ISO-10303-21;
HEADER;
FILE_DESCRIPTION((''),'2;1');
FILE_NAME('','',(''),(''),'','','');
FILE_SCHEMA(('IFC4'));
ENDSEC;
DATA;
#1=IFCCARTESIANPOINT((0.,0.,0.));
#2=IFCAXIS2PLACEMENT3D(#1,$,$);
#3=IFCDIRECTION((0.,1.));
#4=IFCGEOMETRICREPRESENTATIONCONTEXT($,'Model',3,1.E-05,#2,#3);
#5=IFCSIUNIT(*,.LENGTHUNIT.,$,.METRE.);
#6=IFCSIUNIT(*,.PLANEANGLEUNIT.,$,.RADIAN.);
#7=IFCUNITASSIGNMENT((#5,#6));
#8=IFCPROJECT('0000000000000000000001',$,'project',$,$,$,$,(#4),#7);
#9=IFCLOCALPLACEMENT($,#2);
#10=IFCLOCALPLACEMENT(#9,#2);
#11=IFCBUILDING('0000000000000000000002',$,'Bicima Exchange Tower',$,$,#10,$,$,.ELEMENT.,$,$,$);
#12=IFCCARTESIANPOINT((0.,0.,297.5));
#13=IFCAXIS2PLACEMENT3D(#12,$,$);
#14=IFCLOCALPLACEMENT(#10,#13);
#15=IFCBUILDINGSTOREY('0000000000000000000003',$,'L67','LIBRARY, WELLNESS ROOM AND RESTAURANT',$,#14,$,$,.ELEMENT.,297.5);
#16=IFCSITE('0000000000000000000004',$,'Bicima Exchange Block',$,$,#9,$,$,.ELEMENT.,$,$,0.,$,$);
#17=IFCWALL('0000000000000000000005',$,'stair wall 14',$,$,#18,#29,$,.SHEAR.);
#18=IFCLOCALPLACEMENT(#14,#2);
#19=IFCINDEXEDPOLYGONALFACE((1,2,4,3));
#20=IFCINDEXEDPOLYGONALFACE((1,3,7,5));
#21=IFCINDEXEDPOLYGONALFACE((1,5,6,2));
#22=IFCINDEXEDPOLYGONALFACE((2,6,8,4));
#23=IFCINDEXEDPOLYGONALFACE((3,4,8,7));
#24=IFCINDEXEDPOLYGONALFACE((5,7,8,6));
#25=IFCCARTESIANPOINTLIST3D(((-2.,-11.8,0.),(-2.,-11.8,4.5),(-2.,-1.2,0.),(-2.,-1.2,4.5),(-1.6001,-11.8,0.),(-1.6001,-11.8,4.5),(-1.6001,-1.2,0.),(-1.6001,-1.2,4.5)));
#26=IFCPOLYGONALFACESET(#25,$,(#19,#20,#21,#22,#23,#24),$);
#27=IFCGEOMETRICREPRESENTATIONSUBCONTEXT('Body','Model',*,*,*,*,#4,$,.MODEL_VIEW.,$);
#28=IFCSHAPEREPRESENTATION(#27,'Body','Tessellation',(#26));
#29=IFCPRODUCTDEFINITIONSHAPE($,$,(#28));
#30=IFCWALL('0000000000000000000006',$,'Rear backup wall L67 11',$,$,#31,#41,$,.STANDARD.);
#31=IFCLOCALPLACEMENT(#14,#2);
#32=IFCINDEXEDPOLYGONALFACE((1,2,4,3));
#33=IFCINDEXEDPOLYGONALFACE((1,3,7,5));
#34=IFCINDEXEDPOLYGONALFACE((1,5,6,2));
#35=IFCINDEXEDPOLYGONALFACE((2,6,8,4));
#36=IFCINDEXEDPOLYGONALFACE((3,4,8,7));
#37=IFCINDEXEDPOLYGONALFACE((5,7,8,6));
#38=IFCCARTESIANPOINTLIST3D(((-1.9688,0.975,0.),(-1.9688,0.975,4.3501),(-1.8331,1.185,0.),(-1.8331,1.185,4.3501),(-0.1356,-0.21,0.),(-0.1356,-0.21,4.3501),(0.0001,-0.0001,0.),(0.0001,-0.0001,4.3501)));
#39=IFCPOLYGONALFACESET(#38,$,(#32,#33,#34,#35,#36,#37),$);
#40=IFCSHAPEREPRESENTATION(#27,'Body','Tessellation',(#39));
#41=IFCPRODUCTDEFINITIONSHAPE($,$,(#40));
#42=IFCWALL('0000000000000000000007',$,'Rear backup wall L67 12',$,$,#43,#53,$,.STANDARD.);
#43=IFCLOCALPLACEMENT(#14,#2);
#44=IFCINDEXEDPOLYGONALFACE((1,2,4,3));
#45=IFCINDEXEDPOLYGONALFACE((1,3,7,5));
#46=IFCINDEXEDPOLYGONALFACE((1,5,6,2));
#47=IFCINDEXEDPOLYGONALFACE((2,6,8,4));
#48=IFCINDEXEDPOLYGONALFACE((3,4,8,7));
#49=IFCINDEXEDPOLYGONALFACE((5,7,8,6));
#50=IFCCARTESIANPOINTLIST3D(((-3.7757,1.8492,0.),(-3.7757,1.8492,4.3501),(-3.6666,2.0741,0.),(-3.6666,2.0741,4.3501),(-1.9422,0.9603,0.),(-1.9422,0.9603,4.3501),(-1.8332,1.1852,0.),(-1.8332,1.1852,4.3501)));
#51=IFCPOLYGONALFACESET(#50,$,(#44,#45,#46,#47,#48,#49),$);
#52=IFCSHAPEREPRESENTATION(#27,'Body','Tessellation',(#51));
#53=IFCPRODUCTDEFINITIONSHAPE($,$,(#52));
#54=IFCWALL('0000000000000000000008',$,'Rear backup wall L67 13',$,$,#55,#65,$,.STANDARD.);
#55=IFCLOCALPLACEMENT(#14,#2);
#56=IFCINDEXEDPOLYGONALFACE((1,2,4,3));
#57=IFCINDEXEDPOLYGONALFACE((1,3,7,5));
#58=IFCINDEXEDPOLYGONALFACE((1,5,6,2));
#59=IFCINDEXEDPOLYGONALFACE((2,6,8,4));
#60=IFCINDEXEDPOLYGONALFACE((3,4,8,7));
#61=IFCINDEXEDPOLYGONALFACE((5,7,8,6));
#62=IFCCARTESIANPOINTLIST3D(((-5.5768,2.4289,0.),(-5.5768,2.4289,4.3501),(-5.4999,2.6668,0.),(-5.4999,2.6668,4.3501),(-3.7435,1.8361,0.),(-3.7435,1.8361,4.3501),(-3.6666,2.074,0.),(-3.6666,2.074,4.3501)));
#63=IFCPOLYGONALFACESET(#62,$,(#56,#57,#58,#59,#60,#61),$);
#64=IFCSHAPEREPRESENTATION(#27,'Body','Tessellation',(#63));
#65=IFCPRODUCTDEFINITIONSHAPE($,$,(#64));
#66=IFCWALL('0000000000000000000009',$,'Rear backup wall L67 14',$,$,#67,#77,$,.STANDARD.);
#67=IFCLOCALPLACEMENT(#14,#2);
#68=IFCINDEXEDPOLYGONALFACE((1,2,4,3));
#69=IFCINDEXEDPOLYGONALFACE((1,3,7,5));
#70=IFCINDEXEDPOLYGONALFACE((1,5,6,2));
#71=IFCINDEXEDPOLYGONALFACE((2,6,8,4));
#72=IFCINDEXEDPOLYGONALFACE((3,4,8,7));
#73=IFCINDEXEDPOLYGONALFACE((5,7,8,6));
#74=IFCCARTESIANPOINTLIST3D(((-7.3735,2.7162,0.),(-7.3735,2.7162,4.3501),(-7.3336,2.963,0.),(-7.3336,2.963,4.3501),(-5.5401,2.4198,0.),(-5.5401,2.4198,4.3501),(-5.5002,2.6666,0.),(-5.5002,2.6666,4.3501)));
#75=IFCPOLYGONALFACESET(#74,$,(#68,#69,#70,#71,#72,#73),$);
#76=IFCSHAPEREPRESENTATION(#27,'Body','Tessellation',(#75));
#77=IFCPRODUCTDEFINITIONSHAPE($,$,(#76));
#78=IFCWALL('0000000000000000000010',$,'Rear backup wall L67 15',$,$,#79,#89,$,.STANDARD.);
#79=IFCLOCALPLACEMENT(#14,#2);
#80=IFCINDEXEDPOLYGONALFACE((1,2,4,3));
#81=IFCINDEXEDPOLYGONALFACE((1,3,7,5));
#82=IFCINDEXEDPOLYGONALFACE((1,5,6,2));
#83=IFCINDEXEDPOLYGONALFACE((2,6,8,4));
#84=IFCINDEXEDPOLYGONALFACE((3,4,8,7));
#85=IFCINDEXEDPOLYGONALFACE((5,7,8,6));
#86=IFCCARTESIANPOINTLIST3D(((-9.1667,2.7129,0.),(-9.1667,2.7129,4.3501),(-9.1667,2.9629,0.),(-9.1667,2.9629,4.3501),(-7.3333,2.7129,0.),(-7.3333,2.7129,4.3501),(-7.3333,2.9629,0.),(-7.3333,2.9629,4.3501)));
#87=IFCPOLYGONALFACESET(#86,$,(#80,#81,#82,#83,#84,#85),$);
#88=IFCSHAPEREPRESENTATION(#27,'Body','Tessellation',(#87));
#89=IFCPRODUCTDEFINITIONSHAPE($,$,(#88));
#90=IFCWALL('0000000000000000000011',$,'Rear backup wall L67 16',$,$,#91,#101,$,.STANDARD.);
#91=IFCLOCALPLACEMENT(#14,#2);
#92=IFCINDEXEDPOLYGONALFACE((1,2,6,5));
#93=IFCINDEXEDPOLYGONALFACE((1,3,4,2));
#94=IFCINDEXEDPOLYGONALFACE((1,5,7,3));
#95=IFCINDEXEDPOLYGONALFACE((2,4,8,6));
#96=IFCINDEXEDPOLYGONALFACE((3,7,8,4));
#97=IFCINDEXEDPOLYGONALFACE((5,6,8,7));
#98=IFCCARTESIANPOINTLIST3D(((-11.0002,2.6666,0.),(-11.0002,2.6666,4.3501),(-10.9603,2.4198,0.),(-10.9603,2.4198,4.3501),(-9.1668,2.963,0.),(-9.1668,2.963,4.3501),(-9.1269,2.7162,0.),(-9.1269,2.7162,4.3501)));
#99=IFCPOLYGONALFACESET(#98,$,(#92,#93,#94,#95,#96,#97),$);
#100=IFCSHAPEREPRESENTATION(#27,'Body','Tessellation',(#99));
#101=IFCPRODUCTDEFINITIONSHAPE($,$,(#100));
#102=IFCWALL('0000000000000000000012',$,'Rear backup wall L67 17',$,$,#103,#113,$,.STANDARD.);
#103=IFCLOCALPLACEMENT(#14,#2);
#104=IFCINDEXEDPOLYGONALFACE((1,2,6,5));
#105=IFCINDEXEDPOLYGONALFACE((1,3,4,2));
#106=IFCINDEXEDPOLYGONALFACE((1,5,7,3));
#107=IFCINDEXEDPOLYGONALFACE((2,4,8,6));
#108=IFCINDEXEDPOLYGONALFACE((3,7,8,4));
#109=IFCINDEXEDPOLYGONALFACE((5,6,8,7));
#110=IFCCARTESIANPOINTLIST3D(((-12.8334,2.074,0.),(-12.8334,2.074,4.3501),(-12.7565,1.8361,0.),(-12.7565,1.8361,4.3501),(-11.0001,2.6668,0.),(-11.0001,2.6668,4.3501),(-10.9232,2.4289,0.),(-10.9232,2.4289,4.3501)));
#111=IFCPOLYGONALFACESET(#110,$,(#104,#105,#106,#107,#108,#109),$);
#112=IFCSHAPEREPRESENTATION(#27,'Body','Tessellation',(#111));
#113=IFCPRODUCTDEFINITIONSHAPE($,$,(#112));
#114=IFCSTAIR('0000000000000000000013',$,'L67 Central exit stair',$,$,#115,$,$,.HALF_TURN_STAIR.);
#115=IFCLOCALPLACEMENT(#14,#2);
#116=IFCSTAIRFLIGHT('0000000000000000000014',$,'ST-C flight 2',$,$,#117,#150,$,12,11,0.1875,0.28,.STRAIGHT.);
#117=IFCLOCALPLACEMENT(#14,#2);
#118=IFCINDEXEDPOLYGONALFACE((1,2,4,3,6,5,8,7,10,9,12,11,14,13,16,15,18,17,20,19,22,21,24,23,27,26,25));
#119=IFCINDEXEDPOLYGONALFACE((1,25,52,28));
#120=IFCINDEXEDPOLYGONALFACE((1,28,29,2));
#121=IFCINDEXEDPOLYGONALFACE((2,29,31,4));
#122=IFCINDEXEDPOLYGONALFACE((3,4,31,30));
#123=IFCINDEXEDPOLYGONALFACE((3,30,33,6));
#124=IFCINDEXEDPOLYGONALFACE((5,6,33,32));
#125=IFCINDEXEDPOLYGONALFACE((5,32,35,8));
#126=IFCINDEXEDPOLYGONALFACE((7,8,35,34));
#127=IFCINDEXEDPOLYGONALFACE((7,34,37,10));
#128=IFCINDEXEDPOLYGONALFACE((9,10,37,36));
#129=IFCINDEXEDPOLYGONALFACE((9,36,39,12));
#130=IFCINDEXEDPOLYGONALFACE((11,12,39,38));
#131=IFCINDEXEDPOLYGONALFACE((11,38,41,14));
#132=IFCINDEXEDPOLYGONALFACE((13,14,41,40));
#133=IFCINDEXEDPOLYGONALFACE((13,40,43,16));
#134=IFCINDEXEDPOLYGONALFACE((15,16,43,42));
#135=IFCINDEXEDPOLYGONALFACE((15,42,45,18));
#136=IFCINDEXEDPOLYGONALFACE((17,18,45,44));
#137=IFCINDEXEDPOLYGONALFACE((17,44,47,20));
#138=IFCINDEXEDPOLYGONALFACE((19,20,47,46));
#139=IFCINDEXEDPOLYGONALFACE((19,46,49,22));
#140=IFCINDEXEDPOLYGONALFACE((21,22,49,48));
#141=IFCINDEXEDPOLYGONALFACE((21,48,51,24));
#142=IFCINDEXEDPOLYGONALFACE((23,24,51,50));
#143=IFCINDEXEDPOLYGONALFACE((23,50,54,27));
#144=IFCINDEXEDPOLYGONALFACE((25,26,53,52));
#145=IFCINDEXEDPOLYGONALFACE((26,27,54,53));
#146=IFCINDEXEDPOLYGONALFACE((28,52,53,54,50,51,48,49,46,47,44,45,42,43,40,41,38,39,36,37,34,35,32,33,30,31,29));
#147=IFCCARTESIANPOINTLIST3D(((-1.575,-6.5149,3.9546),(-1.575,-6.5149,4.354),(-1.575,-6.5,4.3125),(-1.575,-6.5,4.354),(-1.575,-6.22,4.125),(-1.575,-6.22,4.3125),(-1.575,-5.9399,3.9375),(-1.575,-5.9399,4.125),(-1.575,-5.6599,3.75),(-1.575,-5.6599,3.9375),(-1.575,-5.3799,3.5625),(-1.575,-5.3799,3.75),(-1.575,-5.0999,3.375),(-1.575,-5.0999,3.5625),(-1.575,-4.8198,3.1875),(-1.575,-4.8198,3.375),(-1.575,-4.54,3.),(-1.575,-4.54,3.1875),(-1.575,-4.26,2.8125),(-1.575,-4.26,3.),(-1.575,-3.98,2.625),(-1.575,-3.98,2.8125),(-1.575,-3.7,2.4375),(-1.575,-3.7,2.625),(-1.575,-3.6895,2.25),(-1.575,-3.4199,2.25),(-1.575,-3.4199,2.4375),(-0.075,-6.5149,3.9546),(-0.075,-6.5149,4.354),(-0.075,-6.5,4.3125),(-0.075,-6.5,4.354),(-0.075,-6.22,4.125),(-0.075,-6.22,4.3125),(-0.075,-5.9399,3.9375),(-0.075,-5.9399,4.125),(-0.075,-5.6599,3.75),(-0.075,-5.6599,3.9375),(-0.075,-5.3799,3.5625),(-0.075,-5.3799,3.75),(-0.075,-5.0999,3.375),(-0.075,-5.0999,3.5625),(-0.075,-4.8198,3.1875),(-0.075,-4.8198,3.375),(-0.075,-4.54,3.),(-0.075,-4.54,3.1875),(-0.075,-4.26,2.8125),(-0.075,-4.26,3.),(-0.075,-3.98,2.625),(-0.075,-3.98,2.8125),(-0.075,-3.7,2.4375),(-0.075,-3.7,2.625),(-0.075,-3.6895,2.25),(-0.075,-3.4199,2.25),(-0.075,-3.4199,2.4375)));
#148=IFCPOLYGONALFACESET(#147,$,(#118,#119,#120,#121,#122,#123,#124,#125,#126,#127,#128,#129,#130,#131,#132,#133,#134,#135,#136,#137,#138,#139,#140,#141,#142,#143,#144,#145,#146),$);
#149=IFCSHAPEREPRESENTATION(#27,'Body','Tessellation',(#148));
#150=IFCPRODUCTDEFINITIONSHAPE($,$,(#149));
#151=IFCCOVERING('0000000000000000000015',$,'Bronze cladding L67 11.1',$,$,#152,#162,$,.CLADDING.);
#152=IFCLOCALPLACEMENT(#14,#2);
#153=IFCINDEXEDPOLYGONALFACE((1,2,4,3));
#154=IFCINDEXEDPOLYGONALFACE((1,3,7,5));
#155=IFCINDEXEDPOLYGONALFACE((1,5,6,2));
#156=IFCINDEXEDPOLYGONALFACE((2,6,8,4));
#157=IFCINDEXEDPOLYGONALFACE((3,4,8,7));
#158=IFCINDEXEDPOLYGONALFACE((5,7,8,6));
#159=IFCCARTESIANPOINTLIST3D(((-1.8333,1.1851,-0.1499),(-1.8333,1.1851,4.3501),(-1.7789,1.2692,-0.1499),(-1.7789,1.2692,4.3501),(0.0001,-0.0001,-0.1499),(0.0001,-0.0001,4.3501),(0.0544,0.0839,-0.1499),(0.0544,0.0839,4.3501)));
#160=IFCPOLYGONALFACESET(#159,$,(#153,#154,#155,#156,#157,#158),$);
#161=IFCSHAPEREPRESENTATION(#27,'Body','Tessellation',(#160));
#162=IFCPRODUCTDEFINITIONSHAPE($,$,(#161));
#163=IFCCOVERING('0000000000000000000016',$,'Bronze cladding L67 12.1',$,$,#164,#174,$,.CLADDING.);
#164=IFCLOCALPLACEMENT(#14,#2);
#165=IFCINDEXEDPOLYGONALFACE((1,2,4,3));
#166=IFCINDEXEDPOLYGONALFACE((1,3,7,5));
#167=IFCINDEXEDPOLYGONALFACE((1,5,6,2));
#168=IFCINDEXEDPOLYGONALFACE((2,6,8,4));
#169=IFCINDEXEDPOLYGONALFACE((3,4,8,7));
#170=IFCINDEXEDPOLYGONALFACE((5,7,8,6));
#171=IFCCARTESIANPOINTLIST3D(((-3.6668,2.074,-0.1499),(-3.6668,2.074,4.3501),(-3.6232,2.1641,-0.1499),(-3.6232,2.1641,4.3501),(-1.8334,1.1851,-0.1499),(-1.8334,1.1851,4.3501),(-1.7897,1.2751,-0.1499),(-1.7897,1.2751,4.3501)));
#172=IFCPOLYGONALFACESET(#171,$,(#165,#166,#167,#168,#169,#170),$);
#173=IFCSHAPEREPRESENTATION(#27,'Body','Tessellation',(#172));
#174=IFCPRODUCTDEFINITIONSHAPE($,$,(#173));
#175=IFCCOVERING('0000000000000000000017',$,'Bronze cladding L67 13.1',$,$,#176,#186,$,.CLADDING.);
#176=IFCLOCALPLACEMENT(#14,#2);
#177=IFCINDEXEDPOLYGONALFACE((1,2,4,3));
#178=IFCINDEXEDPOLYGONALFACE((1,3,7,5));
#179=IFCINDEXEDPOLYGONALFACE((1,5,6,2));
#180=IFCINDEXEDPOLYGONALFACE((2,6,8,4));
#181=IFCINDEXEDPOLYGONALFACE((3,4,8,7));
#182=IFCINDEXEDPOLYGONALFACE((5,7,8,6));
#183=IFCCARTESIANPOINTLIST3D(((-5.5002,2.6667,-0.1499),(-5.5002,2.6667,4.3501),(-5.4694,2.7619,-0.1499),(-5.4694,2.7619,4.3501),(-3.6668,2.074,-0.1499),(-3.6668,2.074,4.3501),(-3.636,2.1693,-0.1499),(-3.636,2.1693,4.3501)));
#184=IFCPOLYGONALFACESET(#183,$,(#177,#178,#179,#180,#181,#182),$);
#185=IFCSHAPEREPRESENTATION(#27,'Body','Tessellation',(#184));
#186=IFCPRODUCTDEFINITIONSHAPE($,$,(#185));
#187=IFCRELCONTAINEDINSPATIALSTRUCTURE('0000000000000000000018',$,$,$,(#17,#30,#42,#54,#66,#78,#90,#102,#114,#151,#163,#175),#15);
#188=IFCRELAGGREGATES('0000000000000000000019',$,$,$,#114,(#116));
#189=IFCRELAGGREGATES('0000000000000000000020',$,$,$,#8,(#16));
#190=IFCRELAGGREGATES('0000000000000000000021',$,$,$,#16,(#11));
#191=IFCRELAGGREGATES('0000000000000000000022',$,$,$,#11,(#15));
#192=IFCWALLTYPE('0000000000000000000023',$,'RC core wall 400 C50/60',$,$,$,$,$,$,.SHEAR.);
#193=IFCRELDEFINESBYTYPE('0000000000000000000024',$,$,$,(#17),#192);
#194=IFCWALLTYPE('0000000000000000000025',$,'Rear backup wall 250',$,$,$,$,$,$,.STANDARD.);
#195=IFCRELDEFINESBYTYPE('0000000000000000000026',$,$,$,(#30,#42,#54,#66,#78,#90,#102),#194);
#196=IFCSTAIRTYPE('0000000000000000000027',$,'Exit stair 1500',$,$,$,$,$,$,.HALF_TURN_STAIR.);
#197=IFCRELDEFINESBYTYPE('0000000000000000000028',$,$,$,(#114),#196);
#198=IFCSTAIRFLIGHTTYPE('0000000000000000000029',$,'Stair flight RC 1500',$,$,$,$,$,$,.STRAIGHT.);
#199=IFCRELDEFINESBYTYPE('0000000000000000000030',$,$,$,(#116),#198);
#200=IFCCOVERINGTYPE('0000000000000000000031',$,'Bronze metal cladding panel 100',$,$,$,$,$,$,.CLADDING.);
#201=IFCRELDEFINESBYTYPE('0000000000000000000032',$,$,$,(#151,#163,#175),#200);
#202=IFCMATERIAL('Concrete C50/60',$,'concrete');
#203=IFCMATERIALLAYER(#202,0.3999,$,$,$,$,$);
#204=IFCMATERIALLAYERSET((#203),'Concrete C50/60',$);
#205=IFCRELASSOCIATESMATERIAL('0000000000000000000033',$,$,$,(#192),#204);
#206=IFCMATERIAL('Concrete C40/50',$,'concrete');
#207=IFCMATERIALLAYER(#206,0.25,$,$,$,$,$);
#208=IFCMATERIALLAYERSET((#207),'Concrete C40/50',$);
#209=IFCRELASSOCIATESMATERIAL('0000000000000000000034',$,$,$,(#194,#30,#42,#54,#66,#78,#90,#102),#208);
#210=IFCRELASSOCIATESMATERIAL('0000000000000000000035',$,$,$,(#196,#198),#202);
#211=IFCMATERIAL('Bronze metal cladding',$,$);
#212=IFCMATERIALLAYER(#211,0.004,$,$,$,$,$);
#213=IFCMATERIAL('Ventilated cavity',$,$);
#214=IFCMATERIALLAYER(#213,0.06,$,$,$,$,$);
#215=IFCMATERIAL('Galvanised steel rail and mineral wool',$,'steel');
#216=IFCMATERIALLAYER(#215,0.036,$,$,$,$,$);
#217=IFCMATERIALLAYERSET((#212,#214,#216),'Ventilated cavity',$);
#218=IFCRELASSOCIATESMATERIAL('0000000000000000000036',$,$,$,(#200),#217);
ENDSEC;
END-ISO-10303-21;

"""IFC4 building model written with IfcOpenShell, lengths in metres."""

from ifc_helpers import new_model, si_unit, direction, frame, frame_2d, origin, origin_2d, place, context, subcontext, project, spatial, polyline, rectangle, outline, extrude, material, layer, layer_set, layer_usage, type_object, element, aggregate, save


model = new_model("IFC4")

# Units and contexts
model_context = context("Model", 3, precision=1e-05, world=origin(), true_north=direction((0.0, 1.0)))
body_context = subcontext(model_context, "Body", "Model", "MODEL_VIEW")
ifc_project = project(units=[si_unit("LENGTHUNIT", "METRE"), si_unit("PLANEANGLEUNIT", "RADIAN")], contexts=[model_context])

# Site, building, storey
site_placement = place(None, origin())
site = spatial("IfcSite", under=ifc_project, at=site_placement, Name="Bicima Exchange Block", CompositionType="ELEMENT", RefElevation=0.0)
building_placement = place(site_placement, origin())
building = spatial("IfcBuilding", under=site, at=building_placement, Name="Bicima Exchange Tower", CompositionType="ELEMENT")
storey_placement = place(building_placement, frame((0.0, 0.0, 297.5)))
storey = spatial("IfcBuildingStorey", under=building, at=storey_placement, Name="L67", Description="LIBRARY, WELLNESS ROOM AND RESTAURANT", CompositionType="ELEMENT", Elevation=297.5)

# Shared definitions
ifc_material_1 = material(Name="Concrete C40/50", Category="concrete")
ifc_material_2 = material(Name="Concrete C50/60", Category="concrete")
ifc_layer_1 = layer(ifc_material_2, 0.3999)
ifc_layer_set_1 = layer_set([ifc_layer_1], Name="Concrete C50/60")
wall_type_1 = type_object("IfcWallType", Name="RC core wall 400 C50/60", PredefinedType="SHEAR", material=ifc_layer_set_1)

# Walls
wall_1_placement = place(storey_placement, frame((-1.8, -11.8, 0.0), z_axis=(0.0, 0.0, 1.0), x_axis=(0.0, 1.0, 0.0)))
element("IfcWall", 1, at=wall_1_placement, inside=storey, type_object=wall_type_1, Name="stair wall 14", PredefinedType="SHEAR", context=body_context, shape_type="SweptSolid", body=[
    extrude(rectangle(XDim=10.6001, YDim=0.3999, at=frame_2d((5.3, 0.0))), origin(), (0.0, 0.0, 1.0), 4.5),
])
ifc_layer_2 = layer(ifc_material_1, 0.25)
ifc_layer_set_2 = layer_set([ifc_layer_2], Name="Concrete C40/50")
ifc_layer_usage = layer_usage(ifc_layer_set_2, "AXIS2", "POSITIVE", -0.125)
wall_type_2 = type_object("IfcWallType", Name="Rear backup wall 250", PredefinedType="STANDARD", material=ifc_layer_set_2)
wall_2_placement = place(storey_placement, frame((-0.0679, -0.105, 0.0), z_axis=(0.0, 0.0, 1.0), x_axis=(-0.839813, 0.542876, 0.0)))
element("IfcWall", 2, at=wall_2_placement, inside=storey, type_object=wall_type_2, material=ifc_layer_usage, Name="Rear backup wall L67 11", PredefinedType="STANDARD", context=body_context, shape_type="SweptSolid", body=[
    extrude(rectangle(XDim=2.1829, YDim=0.25, at=frame_2d((1.0913, 0.0))), origin(), (0.0, 0.0, 1.0), 4.3501),
])
wall_3_placement = place(storey_placement, frame((-1.8877, 1.0728, 0.0), z_axis=(0.0, 0.0, 1.0), x_axis=(-0.899824, 0.436253, 0.0)))
element("IfcWall", 3, at=wall_3_placement, inside=storey, type_object=wall_type_2, material=ifc_layer_usage, Name="Rear backup wall L67 12", PredefinedType="STANDARD", context=body_context, shape_type="SweptSolid", body=[
    extrude(rectangle(XDim=2.0376, YDim=0.25, at=frame_2d((1.0188, 0.0))), origin(), (0.0, 0.0, 1.0), 4.3501),
])
wall_4_placement = place(storey_placement, frame((-3.7051, 1.9551, 0.0), z_axis=(0.0, 0.0, 1.0), x_axis=(-0.951496, 0.307662, 0.0)))
element("IfcWall", 4, at=wall_4_placement, inside=storey, type_object=wall_type_2, material=ifc_layer_usage, Name="Rear backup wall L67 13", PredefinedType="STANDARD", context=body_context, shape_type="SweptSolid", body=[
    extrude(rectangle(XDim=1.9268, YDim=0.25, at=frame_2d((0.9634, 0.0))), origin(), (0.0, 0.0, 1.0), 4.3501),
])
wall_5_placement = place(storey_placement, frame((-5.52, 2.5432, 0.0), z_axis=(0.0, 0.0, 1.0), x_axis=(-0.987182, 0.1596, 0.0)))
element("IfcWall", 5, at=wall_5_placement, inside=storey, type_object=wall_type_2, material=ifc_layer_usage, Name="Rear backup wall L67 14", PredefinedType="STANDARD", context=body_context, shape_type="SweptSolid", body=[
    extrude(rectangle(XDim=1.8572, YDim=0.25, at=frame_2d((0.9287, 0.0))), origin(), (0.0, 0.0, 1.0), 4.3501),
])
wall_6_placement = place(storey_placement, frame((-7.3333, 2.8379, 0.0), z_axis=(0.0, 0.0, 1.0), x_axis=(-1.0, 0.0, 0.0)))
element("IfcWall", 6, at=wall_6_placement, inside=storey, type_object=wall_type_2, material=ifc_layer_usage, Name="Rear backup wall L67 15", PredefinedType="STANDARD", context=body_context, shape_type="SweptSolid", body=[
    extrude(rectangle(XDim=1.8335, YDim=0.25, at=frame_2d((0.9167, 0.0))), origin(), (0.0, 0.0, 1.0), 4.3501),
])
wall_7_placement = place(storey_placement, frame((-9.1467, 2.8396, 0.0), z_axis=(0.0, 0.0, 1.0), x_axis=(-0.987182, -0.1596, 0.0)))
element("IfcWall", 7, at=wall_7_placement, inside=storey, type_object=wall_type_2, material=ifc_layer_usage, Name="Rear backup wall L67 16", PredefinedType="STANDARD", context=body_context, shape_type="SweptSolid", body=[
    extrude(rectangle(XDim=1.8572, YDim=0.25, at=frame_2d((0.9287, 0.0))), origin(), (0.0, 0.0, 1.0), 4.3501),
])
wall_8_placement = place(storey_placement, frame((-10.9617, 2.5479, 0.0), z_axis=(0.0, 0.0, 1.0), x_axis=(-0.951496, -0.307662, 0.0)))
element("IfcWall", 8, at=wall_8_placement, inside=storey, type_object=wall_type_2, material=ifc_layer_usage, Name="Rear backup wall L67 17", PredefinedType="STANDARD", context=body_context, shape_type="SweptSolid", body=[
    extrude(rectangle(XDim=1.9268, YDim=0.25, at=frame_2d((0.9634, 0.0))), origin(), (0.0, 0.0, 1.0), 4.3501),
])

# Stair, stair flight
stair_type = type_object("IfcStairType", Name="Exit stair 1500", PredefinedType="HALF_TURN_STAIR", material=ifc_material_2)
stair_placement = place(storey_placement, origin())
stair = element("IfcStair", 9, at=stair_placement, inside=storey, type_object=stair_type, Name="L67 Central exit stair", PredefinedType="HALF_TURN_STAIR")
stair_flight_type = type_object("IfcStairFlightType", Name="Stair flight RC 1500", PredefinedType="STRAIGHT", material=ifc_material_2)
stair_flight_placement = place(storey_placement, frame((-0.825, -3.4199, 2.25), z_axis=(0.0, 0.0, 1.0), x_axis=(0.0, -1.0, 0.0)))
stair_flight = element("IfcStairFlight", 10, at=stair_flight_placement, type_object=stair_flight_type, Name="ST-C flight 2", NumberOfRisers=12, NumberOfTreads=11, PredefinedType="STRAIGHT", RiserHeight=0.1875, TreadLength=0.28, context=body_context, shape_type="SweptSolid", body=[
    extrude(outline(polyline([(0.0, 0.0), (0.0, 0.1875), (0.28, 0.1875), (0.28, 0.375), (0.5601, 0.375), (0.5601, 0.5625), (0.8401, 0.5625), (0.8401, 0.75), (1.1201, 0.75), (1.1201, 0.9375), (1.3999, 0.9375), (1.3999, 1.125), (1.6799, 1.125), (1.6799, 1.3125), (1.96, 1.3125), (1.96, 1.5), (2.24, 1.5), (2.24, 1.6875), (2.52, 1.6875), (2.52, 1.875), (2.8, 1.875), (2.8, 2.0625), (3.0801, 2.0625), (3.0801, 2.104), (3.095, 2.104), (3.095, 1.7046), (0.2695, 0.0), (0.0, 0.0)])), frame((0.0, 0.75, 0.0), z_axis=(0.0, -1.0, 0.0), x_axis=(1.0, 0.0, 0.0)), (0.0, 0.0, 1.0), 1.5),
])
aggregate(stair, [stair_flight])

# Coverings
ifc_material_3 = material(Name="Bronze metal cladding")
ifc_layer_3 = layer(ifc_material_3, 0.004)
ifc_material_4 = material(Name="Ventilated cavity")
ifc_layer_4 = layer(ifc_material_4, 0.06)
ifc_material_5 = material(Name="Galvanised steel rail and mineral wool", Category="steel")
ifc_layer_5 = layer(ifc_material_5, 0.036)
ifc_layer_set_3 = layer_set([ifc_layer_3, ifc_layer_4, ifc_layer_5], Name="Ventilated cavity")
covering_type = type_object("IfcCoveringType", Name="Bronze metal cladding panel 100", PredefinedType="CLADDING", material=ifc_layer_set_3)
covering_1_placement = place(storey_placement, frame((-0.8894, 0.6345, -0.1499), z_axis=(0.0, 0.0, 1.0), x_axis=(-0.83979, 0.542911, 0.0)))
element("IfcCovering", 11, at=covering_1_placement, inside=storey, type_object=covering_type, Name="Bronze cladding L67 11.1", PredefinedType="CLADDING", context=body_context, shape_type="SweptSolid", body=[
    extrude(rectangle(XDim=2.1831, YDim=0.1001, at=origin_2d()), origin(), (0.0, 0.0, 1.0), 4.5),
])
covering_2_placement = place(storey_placement, frame((-2.7283, 1.6746, -0.1499), z_axis=(0.0, 0.0, 1.0), x_axis=(-0.899818, 0.436265, 0.0)))
element("IfcCovering", 12, at=covering_2_placement, inside=storey, type_object=covering_type, Name="Bronze cladding L67 12.1", PredefinedType="CLADDING", context=body_context, shape_type="SweptSolid", body=[
    extrude(rectangle(XDim=2.0376, YDim=0.1001, at=origin_2d()), origin(), (0.0, 0.0, 1.0), 4.5),
])
covering_3_placement = place(storey_placement, frame((-4.5681, 2.418, -0.1499), z_axis=(0.0, 0.0, 1.0), x_axis=(-0.951525, 0.307573, 0.0)))
element("IfcCovering", 13, at=covering_3_placement, inside=storey, type_object=covering_type, Name="Bronze cladding L67 13.1", PredefinedType="CLADDING", context=body_context, shape_type="SweptSolid", body=[
    extrude(rectangle(XDim=1.9268, YDim=0.1001, at=origin_2d()), origin(), (0.0, 0.0, 1.0), 4.5),
])

save(model, "model.ifc")
